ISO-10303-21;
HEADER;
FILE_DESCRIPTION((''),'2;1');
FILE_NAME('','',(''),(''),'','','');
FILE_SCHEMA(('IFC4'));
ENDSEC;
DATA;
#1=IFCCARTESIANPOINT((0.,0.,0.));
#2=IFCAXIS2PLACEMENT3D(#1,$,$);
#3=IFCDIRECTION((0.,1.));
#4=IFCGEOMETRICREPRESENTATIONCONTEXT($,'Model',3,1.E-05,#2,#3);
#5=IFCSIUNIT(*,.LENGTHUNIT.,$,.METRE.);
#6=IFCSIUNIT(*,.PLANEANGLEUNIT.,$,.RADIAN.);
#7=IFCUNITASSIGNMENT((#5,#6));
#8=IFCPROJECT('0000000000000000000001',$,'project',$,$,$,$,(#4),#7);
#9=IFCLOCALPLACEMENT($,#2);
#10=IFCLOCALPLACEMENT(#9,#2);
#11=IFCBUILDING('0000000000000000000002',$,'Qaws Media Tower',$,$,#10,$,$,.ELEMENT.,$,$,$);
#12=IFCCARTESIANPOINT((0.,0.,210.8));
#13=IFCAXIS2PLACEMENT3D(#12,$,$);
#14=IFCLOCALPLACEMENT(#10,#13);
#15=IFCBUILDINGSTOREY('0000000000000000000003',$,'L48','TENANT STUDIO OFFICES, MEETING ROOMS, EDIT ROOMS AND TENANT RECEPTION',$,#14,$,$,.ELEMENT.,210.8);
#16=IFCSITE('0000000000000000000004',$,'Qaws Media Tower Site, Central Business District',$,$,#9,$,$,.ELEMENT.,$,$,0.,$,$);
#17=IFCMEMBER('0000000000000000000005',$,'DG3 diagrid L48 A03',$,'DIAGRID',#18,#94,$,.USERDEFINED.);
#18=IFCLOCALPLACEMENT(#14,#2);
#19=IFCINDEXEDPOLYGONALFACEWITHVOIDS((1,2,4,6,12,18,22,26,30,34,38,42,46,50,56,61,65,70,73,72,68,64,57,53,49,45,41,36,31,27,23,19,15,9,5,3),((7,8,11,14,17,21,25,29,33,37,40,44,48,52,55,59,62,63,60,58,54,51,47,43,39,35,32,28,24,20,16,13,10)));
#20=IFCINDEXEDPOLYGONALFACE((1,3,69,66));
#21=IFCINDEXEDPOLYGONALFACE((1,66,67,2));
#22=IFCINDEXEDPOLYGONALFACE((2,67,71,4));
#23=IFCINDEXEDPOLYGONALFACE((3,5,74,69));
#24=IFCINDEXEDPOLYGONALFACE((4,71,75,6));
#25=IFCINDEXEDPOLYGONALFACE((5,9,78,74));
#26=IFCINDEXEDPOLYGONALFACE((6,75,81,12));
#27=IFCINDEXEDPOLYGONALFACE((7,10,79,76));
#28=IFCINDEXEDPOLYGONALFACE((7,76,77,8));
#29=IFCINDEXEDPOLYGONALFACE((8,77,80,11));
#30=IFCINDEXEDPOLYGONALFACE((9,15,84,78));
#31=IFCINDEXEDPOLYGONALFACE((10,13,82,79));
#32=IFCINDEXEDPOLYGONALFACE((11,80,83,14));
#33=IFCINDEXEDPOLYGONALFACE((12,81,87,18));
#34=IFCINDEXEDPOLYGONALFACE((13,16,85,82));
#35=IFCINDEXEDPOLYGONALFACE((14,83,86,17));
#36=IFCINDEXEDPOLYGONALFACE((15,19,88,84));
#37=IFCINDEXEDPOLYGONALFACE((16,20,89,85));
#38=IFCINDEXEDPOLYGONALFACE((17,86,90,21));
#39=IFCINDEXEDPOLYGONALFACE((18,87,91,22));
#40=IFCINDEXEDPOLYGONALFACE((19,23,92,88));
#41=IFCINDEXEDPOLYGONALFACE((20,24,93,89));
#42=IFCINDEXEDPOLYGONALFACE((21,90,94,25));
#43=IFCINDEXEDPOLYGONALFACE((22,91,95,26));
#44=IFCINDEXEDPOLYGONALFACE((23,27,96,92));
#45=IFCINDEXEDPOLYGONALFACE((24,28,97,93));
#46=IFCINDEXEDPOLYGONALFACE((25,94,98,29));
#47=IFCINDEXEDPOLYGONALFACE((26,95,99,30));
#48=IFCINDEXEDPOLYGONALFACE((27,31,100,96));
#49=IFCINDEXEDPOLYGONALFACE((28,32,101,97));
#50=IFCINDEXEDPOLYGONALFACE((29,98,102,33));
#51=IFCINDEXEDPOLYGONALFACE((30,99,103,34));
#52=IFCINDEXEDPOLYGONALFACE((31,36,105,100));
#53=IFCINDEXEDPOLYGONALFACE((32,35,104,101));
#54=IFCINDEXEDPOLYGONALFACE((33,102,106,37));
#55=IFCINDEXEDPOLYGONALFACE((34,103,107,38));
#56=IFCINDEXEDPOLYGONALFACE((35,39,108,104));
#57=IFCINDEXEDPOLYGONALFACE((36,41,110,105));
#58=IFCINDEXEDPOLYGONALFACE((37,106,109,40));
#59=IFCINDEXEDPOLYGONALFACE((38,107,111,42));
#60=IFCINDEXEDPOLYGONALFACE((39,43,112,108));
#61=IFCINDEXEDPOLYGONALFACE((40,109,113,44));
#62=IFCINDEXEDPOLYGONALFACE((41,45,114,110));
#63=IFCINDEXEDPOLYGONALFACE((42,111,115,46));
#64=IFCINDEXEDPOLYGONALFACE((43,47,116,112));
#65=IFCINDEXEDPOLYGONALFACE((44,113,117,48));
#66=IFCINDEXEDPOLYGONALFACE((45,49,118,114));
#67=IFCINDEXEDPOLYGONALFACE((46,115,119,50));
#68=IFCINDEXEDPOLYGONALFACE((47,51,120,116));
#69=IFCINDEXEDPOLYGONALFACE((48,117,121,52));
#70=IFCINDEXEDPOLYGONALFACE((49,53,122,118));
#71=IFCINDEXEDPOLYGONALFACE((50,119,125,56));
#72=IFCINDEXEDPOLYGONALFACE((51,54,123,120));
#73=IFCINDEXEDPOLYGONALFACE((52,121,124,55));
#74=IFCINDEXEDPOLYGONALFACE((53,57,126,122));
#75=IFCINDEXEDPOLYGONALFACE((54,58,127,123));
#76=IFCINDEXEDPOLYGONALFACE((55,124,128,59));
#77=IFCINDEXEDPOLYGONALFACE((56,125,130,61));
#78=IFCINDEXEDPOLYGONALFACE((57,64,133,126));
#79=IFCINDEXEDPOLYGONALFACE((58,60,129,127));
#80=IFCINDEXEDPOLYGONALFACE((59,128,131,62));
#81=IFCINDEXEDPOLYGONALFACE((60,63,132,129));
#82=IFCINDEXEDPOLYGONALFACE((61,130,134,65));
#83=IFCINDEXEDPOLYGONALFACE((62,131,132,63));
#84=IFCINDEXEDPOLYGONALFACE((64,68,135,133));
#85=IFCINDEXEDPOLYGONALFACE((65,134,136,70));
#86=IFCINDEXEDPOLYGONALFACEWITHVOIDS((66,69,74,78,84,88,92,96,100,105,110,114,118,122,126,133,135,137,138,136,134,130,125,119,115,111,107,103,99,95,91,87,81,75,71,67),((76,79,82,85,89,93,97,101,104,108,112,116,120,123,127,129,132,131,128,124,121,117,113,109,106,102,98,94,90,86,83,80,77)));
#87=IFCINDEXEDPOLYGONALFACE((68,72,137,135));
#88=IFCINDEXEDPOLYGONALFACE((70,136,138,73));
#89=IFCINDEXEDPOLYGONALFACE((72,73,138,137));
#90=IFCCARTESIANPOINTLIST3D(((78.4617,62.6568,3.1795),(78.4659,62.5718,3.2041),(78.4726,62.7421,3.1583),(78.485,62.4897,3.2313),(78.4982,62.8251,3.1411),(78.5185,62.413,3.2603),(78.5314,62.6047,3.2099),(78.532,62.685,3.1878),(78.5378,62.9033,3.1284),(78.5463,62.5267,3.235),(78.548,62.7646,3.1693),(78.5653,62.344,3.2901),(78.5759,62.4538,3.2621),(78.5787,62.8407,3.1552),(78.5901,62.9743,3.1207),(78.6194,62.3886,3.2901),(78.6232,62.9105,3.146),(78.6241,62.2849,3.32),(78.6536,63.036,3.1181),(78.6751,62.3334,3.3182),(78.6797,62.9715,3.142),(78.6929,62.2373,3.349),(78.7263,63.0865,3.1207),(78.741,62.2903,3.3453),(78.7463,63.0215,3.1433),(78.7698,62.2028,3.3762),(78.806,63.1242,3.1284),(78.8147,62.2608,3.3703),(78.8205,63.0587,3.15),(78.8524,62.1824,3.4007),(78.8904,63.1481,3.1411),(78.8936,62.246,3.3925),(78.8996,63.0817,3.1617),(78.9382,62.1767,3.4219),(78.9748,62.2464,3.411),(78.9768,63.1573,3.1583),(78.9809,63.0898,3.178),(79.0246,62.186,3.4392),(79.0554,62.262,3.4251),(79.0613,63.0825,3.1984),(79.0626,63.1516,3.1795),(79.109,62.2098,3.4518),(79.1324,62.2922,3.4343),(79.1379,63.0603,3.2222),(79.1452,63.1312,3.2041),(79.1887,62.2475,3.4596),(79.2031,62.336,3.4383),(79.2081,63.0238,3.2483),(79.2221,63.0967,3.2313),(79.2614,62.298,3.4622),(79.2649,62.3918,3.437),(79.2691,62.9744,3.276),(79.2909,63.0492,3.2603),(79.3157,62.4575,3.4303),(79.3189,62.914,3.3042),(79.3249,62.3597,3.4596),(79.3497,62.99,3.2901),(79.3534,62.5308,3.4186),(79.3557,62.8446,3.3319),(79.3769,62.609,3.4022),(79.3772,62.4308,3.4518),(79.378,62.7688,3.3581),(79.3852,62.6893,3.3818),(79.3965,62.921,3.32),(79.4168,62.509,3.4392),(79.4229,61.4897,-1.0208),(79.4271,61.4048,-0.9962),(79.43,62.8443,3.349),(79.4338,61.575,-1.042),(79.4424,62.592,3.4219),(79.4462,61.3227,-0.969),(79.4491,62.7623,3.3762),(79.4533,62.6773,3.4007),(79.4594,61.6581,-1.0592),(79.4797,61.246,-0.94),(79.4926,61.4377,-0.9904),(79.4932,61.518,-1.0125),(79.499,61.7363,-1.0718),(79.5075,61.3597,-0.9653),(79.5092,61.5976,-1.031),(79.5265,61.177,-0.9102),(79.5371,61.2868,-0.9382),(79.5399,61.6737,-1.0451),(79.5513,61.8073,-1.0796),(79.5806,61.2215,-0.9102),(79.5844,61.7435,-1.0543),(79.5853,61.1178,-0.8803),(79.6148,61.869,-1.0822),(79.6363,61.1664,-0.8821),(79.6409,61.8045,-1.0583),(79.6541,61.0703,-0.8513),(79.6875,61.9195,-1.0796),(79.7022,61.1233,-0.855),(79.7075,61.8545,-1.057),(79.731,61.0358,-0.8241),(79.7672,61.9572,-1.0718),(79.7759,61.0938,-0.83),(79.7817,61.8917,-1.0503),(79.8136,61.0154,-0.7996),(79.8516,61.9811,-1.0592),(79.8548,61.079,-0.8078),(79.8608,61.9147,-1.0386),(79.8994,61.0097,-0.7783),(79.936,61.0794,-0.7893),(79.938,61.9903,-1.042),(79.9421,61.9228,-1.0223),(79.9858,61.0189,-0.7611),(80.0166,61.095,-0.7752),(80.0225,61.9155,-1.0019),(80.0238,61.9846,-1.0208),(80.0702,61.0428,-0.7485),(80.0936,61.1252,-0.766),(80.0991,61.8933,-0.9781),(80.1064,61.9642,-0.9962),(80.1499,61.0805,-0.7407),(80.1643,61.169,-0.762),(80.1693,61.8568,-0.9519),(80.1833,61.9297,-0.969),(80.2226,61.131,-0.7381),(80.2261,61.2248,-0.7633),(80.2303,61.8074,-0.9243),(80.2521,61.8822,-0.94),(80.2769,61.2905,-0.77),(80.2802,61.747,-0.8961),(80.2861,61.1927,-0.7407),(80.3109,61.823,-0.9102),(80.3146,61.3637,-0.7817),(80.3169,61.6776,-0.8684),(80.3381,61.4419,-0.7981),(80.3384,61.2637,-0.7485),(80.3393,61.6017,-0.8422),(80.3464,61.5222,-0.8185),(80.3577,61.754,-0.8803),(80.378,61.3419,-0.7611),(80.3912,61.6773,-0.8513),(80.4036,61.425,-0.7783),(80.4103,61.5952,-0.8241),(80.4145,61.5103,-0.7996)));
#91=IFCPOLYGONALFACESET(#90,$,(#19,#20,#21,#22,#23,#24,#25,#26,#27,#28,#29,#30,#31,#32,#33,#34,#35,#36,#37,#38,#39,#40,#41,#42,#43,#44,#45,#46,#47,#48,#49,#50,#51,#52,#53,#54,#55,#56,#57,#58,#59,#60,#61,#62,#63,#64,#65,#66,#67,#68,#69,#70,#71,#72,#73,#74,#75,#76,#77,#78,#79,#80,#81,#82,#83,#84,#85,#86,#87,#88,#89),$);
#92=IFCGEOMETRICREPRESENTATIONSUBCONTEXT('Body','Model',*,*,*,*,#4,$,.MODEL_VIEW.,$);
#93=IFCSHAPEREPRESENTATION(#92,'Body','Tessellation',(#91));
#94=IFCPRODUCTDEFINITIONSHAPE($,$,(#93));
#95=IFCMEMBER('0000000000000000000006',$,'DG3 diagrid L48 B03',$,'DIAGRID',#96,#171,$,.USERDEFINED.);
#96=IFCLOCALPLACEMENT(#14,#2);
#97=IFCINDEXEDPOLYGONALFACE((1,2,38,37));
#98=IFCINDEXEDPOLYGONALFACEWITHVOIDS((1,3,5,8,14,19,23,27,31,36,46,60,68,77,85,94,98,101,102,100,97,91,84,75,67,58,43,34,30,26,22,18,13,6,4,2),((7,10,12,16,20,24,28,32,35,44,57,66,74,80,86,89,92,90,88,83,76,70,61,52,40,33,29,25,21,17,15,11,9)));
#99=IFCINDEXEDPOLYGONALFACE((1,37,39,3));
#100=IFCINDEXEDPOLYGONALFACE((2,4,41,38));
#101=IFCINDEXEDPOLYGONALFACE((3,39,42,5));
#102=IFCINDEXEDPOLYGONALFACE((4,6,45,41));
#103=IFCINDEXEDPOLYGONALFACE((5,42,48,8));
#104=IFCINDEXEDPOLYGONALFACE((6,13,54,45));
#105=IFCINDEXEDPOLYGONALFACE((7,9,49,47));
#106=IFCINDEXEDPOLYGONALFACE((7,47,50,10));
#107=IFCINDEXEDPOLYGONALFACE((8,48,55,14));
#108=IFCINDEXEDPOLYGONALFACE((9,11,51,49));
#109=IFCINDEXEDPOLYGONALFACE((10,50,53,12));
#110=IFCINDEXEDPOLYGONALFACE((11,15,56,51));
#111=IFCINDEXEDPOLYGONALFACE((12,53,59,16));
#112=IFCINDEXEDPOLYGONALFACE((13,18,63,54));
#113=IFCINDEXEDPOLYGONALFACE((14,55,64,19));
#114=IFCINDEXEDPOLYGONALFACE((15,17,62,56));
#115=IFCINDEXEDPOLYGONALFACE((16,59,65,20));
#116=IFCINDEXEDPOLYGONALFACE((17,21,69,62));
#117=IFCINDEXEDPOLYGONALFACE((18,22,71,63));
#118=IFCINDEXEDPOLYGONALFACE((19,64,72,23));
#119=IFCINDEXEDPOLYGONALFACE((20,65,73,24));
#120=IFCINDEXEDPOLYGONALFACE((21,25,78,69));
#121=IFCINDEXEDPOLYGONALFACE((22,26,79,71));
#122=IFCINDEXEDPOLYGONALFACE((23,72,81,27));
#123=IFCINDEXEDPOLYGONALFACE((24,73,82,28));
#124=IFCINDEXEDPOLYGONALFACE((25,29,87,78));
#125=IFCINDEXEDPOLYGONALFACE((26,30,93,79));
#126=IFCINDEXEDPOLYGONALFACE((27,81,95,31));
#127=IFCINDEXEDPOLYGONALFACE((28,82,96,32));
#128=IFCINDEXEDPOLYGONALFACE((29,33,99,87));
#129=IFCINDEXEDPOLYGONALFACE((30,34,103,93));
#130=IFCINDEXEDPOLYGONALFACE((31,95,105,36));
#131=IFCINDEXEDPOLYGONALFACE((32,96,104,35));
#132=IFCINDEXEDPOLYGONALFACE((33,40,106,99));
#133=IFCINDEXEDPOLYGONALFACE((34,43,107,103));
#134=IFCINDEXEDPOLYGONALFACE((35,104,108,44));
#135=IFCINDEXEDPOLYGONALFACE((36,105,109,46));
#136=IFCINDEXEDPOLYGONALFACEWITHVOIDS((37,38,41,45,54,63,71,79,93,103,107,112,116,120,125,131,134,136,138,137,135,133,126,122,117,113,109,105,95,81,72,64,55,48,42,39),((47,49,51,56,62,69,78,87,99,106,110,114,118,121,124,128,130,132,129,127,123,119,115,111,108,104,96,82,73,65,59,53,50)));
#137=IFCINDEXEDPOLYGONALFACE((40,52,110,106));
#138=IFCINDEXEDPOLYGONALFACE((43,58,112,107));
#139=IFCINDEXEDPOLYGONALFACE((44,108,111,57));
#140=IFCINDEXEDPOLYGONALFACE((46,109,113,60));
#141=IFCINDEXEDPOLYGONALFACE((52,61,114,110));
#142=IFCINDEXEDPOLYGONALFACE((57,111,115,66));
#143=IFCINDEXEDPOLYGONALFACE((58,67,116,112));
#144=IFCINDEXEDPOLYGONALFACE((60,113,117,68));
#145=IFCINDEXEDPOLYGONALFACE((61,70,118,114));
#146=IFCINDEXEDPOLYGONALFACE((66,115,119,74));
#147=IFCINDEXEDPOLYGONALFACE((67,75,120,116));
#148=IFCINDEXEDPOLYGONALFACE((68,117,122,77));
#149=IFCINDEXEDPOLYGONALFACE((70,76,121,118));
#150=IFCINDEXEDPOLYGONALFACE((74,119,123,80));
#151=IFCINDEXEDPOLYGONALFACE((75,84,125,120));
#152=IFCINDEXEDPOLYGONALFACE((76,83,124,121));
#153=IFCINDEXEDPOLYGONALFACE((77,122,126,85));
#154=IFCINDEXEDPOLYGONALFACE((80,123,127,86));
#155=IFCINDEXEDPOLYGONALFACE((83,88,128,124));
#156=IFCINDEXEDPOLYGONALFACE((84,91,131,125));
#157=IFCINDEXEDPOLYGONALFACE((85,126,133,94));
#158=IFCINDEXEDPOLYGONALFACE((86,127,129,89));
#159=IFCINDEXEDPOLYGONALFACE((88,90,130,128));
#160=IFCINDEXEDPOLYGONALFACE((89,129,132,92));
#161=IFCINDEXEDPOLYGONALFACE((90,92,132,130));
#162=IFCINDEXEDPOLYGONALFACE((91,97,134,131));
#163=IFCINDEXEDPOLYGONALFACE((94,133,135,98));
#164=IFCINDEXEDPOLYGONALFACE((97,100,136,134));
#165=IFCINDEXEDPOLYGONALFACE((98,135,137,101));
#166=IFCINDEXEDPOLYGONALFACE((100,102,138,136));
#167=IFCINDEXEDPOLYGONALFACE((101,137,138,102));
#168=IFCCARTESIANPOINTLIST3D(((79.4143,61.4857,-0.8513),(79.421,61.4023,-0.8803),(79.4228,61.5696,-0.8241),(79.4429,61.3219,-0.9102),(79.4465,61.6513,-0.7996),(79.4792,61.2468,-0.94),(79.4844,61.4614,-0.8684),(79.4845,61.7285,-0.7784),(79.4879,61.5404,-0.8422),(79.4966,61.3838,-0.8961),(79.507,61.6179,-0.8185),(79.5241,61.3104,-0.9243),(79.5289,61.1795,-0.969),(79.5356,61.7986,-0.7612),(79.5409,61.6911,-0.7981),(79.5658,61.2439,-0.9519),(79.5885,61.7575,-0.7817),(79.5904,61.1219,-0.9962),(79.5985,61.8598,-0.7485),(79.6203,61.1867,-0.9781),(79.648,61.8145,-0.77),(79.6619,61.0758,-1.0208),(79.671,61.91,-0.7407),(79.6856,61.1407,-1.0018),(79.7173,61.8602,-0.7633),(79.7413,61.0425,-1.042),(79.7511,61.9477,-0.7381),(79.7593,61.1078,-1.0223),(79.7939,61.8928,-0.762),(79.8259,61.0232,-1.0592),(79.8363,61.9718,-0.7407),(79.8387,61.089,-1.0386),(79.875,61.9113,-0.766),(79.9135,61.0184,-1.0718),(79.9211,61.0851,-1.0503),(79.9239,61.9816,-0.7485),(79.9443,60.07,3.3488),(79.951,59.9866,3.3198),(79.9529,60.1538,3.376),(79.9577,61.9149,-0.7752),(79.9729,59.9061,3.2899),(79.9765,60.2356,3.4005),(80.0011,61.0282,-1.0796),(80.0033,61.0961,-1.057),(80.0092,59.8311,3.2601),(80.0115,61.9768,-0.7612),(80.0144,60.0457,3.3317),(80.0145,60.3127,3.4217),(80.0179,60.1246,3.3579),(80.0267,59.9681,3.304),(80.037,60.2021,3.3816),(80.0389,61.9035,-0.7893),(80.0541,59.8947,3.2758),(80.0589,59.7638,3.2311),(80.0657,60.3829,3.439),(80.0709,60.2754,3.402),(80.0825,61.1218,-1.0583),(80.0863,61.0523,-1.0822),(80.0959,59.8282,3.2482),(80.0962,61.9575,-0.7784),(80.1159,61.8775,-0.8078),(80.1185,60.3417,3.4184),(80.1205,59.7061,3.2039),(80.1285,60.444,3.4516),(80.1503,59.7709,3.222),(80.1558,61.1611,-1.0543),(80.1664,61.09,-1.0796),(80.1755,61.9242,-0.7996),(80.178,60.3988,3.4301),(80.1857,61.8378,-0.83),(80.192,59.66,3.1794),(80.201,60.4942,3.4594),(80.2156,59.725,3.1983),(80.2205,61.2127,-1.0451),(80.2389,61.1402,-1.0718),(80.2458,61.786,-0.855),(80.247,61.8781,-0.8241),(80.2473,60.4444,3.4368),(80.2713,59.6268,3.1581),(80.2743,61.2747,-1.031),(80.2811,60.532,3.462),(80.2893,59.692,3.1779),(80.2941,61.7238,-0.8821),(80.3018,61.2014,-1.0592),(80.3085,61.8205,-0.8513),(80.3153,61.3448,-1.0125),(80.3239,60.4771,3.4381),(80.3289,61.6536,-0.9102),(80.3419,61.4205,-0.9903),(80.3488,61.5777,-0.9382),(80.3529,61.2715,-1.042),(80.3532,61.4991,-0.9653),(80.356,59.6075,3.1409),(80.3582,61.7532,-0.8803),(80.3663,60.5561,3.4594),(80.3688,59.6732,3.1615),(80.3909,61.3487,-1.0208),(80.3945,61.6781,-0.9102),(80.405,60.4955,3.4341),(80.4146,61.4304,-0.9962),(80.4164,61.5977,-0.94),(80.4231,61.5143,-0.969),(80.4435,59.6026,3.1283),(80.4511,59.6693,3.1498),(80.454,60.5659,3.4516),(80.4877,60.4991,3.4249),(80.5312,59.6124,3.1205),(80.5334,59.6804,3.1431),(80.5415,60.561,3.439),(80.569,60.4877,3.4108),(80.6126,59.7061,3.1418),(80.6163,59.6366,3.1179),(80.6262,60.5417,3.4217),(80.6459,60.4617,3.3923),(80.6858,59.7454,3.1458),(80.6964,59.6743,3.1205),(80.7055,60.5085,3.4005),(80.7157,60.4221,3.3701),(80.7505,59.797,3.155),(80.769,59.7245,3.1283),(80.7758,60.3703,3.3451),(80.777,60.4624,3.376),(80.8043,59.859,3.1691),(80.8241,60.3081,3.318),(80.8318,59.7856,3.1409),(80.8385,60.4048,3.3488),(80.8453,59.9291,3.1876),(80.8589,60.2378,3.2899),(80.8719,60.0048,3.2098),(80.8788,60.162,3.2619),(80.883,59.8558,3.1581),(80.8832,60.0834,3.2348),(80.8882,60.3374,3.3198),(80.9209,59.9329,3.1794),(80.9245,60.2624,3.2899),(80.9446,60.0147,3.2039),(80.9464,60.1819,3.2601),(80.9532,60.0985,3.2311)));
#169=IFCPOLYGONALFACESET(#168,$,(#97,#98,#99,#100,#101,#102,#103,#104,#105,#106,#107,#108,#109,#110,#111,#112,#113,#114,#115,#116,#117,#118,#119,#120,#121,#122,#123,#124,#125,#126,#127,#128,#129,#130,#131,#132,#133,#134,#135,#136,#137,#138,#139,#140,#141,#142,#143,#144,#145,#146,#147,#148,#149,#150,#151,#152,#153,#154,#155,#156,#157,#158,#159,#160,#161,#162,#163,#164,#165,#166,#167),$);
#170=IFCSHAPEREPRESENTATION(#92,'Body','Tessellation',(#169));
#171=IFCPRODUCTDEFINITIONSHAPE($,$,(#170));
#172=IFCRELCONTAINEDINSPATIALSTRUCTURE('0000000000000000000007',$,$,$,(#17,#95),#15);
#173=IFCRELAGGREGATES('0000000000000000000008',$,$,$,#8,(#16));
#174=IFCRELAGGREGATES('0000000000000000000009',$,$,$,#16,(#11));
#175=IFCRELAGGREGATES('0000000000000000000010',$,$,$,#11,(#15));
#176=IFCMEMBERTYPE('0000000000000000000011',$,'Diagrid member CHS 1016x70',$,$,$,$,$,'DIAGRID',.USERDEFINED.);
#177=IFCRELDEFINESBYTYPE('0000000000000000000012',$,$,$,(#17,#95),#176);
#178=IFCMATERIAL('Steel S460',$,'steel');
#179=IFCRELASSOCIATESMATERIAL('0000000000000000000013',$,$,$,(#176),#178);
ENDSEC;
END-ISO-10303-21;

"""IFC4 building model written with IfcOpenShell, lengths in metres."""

from ifc_helpers import new_model, si_unit, direction, frame, origin, origin_2d, place, context, subcontext, project, spatial, hollow_circle, extrude, material, material_profile, profile_set, type_object, element, save


model = new_model("IFC4")

# Units and contexts
model_context = context("Model", 3, precision=1e-05, world=origin(), true_north=direction((0.0, 1.0)))
body_context = subcontext(model_context, "Body", "Model", "MODEL_VIEW")
ifc_project = project(units=[si_unit("LENGTHUNIT", "METRE"), si_unit("PLANEANGLEUNIT", "RADIAN")], contexts=[model_context])

# Site, building, storey
site_placement = place(None, origin())
site = spatial("IfcSite", under=ifc_project, at=site_placement, Name="Qaws Media Tower Site, Central Business District", CompositionType="ELEMENT", RefElevation=0.0)
building_placement = place(site_placement, origin())
building = spatial("IfcBuilding", under=site, at=building_placement, Name="Qaws Media Tower", CompositionType="ELEMENT")
storey_placement = place(building_placement, frame((0.0, 0.0, 210.8)))
storey = spatial("IfcBuildingStorey", under=building, at=storey_placement, Name="L48", Description="TENANT STUDIO OFFICES, MEETING ROOMS, EDIT ROOMS AND TENANT RECEPTION", CompositionType="ELEMENT", Elevation=210.8)

# Members
ifc_material_1 = material(Name="Steel S460", Category="steel")
ifc_material_profile_1 = material_profile(ifc_material_1, hollow_circle(Radius=0.5081, WallThickness=0.0701, at=origin_2d()), Name="CHS 1016x70")
ifc_profile_set_1 = profile_set([ifc_material_profile_1], Name="Steel S460")
member_type_1 = type_object("IfcMemberType", Name="Diagrid member CHS 1016x70", ElementType="DIAGRID", PredefinedType="USERDEFINED", material=ifc_profile_set_1)
member_1_placement = place(storey_placement, frame((79.9187, 61.5, -0.9102), z_axis=(-0.215318, 0.261422, 0.940902), x_axis=(-0.771888, -0.635758, 0.0)))
element("IfcMember", 1, at=member_1_placement, inside=storey, type_object=member_type_1, Name="DG3 diagrid L48 A03", ObjectType="DIAGRID", PredefinedType="USERDEFINED", context=body_context, shape_type="SweptSolid", body=[
    extrude(hollow_circle(Radius=0.5081, WallThickness=0.0701, at=origin_2d()), origin(), (0.0, 0.0, 1.0), 4.4641),
])
for number, where, z_axis, x_axis, name in (
    (2, (79.9187, 61.5, -0.9102), (0.118735, -0.317156, 0.940911), (0.936522, 0.35061, 0.0), "DG3 diagrid L48 B03"),
):
    element("IfcMember", number, at=place(storey_placement, frame(where, z_axis=z_axis, x_axis=x_axis)), inside=storey, type_object=member_type_1, Name=name, ObjectType="DIAGRID", PredefinedType="USERDEFINED", context=body_context, shape_type="SweptSolid", body=[
        extrude(hollow_circle(Radius=0.5081, WallThickness=0.0701, at=origin_2d()), origin(), (0.0, 0.0, 1.0), 4.4639),
    ])

save(model, "model.ifc")
